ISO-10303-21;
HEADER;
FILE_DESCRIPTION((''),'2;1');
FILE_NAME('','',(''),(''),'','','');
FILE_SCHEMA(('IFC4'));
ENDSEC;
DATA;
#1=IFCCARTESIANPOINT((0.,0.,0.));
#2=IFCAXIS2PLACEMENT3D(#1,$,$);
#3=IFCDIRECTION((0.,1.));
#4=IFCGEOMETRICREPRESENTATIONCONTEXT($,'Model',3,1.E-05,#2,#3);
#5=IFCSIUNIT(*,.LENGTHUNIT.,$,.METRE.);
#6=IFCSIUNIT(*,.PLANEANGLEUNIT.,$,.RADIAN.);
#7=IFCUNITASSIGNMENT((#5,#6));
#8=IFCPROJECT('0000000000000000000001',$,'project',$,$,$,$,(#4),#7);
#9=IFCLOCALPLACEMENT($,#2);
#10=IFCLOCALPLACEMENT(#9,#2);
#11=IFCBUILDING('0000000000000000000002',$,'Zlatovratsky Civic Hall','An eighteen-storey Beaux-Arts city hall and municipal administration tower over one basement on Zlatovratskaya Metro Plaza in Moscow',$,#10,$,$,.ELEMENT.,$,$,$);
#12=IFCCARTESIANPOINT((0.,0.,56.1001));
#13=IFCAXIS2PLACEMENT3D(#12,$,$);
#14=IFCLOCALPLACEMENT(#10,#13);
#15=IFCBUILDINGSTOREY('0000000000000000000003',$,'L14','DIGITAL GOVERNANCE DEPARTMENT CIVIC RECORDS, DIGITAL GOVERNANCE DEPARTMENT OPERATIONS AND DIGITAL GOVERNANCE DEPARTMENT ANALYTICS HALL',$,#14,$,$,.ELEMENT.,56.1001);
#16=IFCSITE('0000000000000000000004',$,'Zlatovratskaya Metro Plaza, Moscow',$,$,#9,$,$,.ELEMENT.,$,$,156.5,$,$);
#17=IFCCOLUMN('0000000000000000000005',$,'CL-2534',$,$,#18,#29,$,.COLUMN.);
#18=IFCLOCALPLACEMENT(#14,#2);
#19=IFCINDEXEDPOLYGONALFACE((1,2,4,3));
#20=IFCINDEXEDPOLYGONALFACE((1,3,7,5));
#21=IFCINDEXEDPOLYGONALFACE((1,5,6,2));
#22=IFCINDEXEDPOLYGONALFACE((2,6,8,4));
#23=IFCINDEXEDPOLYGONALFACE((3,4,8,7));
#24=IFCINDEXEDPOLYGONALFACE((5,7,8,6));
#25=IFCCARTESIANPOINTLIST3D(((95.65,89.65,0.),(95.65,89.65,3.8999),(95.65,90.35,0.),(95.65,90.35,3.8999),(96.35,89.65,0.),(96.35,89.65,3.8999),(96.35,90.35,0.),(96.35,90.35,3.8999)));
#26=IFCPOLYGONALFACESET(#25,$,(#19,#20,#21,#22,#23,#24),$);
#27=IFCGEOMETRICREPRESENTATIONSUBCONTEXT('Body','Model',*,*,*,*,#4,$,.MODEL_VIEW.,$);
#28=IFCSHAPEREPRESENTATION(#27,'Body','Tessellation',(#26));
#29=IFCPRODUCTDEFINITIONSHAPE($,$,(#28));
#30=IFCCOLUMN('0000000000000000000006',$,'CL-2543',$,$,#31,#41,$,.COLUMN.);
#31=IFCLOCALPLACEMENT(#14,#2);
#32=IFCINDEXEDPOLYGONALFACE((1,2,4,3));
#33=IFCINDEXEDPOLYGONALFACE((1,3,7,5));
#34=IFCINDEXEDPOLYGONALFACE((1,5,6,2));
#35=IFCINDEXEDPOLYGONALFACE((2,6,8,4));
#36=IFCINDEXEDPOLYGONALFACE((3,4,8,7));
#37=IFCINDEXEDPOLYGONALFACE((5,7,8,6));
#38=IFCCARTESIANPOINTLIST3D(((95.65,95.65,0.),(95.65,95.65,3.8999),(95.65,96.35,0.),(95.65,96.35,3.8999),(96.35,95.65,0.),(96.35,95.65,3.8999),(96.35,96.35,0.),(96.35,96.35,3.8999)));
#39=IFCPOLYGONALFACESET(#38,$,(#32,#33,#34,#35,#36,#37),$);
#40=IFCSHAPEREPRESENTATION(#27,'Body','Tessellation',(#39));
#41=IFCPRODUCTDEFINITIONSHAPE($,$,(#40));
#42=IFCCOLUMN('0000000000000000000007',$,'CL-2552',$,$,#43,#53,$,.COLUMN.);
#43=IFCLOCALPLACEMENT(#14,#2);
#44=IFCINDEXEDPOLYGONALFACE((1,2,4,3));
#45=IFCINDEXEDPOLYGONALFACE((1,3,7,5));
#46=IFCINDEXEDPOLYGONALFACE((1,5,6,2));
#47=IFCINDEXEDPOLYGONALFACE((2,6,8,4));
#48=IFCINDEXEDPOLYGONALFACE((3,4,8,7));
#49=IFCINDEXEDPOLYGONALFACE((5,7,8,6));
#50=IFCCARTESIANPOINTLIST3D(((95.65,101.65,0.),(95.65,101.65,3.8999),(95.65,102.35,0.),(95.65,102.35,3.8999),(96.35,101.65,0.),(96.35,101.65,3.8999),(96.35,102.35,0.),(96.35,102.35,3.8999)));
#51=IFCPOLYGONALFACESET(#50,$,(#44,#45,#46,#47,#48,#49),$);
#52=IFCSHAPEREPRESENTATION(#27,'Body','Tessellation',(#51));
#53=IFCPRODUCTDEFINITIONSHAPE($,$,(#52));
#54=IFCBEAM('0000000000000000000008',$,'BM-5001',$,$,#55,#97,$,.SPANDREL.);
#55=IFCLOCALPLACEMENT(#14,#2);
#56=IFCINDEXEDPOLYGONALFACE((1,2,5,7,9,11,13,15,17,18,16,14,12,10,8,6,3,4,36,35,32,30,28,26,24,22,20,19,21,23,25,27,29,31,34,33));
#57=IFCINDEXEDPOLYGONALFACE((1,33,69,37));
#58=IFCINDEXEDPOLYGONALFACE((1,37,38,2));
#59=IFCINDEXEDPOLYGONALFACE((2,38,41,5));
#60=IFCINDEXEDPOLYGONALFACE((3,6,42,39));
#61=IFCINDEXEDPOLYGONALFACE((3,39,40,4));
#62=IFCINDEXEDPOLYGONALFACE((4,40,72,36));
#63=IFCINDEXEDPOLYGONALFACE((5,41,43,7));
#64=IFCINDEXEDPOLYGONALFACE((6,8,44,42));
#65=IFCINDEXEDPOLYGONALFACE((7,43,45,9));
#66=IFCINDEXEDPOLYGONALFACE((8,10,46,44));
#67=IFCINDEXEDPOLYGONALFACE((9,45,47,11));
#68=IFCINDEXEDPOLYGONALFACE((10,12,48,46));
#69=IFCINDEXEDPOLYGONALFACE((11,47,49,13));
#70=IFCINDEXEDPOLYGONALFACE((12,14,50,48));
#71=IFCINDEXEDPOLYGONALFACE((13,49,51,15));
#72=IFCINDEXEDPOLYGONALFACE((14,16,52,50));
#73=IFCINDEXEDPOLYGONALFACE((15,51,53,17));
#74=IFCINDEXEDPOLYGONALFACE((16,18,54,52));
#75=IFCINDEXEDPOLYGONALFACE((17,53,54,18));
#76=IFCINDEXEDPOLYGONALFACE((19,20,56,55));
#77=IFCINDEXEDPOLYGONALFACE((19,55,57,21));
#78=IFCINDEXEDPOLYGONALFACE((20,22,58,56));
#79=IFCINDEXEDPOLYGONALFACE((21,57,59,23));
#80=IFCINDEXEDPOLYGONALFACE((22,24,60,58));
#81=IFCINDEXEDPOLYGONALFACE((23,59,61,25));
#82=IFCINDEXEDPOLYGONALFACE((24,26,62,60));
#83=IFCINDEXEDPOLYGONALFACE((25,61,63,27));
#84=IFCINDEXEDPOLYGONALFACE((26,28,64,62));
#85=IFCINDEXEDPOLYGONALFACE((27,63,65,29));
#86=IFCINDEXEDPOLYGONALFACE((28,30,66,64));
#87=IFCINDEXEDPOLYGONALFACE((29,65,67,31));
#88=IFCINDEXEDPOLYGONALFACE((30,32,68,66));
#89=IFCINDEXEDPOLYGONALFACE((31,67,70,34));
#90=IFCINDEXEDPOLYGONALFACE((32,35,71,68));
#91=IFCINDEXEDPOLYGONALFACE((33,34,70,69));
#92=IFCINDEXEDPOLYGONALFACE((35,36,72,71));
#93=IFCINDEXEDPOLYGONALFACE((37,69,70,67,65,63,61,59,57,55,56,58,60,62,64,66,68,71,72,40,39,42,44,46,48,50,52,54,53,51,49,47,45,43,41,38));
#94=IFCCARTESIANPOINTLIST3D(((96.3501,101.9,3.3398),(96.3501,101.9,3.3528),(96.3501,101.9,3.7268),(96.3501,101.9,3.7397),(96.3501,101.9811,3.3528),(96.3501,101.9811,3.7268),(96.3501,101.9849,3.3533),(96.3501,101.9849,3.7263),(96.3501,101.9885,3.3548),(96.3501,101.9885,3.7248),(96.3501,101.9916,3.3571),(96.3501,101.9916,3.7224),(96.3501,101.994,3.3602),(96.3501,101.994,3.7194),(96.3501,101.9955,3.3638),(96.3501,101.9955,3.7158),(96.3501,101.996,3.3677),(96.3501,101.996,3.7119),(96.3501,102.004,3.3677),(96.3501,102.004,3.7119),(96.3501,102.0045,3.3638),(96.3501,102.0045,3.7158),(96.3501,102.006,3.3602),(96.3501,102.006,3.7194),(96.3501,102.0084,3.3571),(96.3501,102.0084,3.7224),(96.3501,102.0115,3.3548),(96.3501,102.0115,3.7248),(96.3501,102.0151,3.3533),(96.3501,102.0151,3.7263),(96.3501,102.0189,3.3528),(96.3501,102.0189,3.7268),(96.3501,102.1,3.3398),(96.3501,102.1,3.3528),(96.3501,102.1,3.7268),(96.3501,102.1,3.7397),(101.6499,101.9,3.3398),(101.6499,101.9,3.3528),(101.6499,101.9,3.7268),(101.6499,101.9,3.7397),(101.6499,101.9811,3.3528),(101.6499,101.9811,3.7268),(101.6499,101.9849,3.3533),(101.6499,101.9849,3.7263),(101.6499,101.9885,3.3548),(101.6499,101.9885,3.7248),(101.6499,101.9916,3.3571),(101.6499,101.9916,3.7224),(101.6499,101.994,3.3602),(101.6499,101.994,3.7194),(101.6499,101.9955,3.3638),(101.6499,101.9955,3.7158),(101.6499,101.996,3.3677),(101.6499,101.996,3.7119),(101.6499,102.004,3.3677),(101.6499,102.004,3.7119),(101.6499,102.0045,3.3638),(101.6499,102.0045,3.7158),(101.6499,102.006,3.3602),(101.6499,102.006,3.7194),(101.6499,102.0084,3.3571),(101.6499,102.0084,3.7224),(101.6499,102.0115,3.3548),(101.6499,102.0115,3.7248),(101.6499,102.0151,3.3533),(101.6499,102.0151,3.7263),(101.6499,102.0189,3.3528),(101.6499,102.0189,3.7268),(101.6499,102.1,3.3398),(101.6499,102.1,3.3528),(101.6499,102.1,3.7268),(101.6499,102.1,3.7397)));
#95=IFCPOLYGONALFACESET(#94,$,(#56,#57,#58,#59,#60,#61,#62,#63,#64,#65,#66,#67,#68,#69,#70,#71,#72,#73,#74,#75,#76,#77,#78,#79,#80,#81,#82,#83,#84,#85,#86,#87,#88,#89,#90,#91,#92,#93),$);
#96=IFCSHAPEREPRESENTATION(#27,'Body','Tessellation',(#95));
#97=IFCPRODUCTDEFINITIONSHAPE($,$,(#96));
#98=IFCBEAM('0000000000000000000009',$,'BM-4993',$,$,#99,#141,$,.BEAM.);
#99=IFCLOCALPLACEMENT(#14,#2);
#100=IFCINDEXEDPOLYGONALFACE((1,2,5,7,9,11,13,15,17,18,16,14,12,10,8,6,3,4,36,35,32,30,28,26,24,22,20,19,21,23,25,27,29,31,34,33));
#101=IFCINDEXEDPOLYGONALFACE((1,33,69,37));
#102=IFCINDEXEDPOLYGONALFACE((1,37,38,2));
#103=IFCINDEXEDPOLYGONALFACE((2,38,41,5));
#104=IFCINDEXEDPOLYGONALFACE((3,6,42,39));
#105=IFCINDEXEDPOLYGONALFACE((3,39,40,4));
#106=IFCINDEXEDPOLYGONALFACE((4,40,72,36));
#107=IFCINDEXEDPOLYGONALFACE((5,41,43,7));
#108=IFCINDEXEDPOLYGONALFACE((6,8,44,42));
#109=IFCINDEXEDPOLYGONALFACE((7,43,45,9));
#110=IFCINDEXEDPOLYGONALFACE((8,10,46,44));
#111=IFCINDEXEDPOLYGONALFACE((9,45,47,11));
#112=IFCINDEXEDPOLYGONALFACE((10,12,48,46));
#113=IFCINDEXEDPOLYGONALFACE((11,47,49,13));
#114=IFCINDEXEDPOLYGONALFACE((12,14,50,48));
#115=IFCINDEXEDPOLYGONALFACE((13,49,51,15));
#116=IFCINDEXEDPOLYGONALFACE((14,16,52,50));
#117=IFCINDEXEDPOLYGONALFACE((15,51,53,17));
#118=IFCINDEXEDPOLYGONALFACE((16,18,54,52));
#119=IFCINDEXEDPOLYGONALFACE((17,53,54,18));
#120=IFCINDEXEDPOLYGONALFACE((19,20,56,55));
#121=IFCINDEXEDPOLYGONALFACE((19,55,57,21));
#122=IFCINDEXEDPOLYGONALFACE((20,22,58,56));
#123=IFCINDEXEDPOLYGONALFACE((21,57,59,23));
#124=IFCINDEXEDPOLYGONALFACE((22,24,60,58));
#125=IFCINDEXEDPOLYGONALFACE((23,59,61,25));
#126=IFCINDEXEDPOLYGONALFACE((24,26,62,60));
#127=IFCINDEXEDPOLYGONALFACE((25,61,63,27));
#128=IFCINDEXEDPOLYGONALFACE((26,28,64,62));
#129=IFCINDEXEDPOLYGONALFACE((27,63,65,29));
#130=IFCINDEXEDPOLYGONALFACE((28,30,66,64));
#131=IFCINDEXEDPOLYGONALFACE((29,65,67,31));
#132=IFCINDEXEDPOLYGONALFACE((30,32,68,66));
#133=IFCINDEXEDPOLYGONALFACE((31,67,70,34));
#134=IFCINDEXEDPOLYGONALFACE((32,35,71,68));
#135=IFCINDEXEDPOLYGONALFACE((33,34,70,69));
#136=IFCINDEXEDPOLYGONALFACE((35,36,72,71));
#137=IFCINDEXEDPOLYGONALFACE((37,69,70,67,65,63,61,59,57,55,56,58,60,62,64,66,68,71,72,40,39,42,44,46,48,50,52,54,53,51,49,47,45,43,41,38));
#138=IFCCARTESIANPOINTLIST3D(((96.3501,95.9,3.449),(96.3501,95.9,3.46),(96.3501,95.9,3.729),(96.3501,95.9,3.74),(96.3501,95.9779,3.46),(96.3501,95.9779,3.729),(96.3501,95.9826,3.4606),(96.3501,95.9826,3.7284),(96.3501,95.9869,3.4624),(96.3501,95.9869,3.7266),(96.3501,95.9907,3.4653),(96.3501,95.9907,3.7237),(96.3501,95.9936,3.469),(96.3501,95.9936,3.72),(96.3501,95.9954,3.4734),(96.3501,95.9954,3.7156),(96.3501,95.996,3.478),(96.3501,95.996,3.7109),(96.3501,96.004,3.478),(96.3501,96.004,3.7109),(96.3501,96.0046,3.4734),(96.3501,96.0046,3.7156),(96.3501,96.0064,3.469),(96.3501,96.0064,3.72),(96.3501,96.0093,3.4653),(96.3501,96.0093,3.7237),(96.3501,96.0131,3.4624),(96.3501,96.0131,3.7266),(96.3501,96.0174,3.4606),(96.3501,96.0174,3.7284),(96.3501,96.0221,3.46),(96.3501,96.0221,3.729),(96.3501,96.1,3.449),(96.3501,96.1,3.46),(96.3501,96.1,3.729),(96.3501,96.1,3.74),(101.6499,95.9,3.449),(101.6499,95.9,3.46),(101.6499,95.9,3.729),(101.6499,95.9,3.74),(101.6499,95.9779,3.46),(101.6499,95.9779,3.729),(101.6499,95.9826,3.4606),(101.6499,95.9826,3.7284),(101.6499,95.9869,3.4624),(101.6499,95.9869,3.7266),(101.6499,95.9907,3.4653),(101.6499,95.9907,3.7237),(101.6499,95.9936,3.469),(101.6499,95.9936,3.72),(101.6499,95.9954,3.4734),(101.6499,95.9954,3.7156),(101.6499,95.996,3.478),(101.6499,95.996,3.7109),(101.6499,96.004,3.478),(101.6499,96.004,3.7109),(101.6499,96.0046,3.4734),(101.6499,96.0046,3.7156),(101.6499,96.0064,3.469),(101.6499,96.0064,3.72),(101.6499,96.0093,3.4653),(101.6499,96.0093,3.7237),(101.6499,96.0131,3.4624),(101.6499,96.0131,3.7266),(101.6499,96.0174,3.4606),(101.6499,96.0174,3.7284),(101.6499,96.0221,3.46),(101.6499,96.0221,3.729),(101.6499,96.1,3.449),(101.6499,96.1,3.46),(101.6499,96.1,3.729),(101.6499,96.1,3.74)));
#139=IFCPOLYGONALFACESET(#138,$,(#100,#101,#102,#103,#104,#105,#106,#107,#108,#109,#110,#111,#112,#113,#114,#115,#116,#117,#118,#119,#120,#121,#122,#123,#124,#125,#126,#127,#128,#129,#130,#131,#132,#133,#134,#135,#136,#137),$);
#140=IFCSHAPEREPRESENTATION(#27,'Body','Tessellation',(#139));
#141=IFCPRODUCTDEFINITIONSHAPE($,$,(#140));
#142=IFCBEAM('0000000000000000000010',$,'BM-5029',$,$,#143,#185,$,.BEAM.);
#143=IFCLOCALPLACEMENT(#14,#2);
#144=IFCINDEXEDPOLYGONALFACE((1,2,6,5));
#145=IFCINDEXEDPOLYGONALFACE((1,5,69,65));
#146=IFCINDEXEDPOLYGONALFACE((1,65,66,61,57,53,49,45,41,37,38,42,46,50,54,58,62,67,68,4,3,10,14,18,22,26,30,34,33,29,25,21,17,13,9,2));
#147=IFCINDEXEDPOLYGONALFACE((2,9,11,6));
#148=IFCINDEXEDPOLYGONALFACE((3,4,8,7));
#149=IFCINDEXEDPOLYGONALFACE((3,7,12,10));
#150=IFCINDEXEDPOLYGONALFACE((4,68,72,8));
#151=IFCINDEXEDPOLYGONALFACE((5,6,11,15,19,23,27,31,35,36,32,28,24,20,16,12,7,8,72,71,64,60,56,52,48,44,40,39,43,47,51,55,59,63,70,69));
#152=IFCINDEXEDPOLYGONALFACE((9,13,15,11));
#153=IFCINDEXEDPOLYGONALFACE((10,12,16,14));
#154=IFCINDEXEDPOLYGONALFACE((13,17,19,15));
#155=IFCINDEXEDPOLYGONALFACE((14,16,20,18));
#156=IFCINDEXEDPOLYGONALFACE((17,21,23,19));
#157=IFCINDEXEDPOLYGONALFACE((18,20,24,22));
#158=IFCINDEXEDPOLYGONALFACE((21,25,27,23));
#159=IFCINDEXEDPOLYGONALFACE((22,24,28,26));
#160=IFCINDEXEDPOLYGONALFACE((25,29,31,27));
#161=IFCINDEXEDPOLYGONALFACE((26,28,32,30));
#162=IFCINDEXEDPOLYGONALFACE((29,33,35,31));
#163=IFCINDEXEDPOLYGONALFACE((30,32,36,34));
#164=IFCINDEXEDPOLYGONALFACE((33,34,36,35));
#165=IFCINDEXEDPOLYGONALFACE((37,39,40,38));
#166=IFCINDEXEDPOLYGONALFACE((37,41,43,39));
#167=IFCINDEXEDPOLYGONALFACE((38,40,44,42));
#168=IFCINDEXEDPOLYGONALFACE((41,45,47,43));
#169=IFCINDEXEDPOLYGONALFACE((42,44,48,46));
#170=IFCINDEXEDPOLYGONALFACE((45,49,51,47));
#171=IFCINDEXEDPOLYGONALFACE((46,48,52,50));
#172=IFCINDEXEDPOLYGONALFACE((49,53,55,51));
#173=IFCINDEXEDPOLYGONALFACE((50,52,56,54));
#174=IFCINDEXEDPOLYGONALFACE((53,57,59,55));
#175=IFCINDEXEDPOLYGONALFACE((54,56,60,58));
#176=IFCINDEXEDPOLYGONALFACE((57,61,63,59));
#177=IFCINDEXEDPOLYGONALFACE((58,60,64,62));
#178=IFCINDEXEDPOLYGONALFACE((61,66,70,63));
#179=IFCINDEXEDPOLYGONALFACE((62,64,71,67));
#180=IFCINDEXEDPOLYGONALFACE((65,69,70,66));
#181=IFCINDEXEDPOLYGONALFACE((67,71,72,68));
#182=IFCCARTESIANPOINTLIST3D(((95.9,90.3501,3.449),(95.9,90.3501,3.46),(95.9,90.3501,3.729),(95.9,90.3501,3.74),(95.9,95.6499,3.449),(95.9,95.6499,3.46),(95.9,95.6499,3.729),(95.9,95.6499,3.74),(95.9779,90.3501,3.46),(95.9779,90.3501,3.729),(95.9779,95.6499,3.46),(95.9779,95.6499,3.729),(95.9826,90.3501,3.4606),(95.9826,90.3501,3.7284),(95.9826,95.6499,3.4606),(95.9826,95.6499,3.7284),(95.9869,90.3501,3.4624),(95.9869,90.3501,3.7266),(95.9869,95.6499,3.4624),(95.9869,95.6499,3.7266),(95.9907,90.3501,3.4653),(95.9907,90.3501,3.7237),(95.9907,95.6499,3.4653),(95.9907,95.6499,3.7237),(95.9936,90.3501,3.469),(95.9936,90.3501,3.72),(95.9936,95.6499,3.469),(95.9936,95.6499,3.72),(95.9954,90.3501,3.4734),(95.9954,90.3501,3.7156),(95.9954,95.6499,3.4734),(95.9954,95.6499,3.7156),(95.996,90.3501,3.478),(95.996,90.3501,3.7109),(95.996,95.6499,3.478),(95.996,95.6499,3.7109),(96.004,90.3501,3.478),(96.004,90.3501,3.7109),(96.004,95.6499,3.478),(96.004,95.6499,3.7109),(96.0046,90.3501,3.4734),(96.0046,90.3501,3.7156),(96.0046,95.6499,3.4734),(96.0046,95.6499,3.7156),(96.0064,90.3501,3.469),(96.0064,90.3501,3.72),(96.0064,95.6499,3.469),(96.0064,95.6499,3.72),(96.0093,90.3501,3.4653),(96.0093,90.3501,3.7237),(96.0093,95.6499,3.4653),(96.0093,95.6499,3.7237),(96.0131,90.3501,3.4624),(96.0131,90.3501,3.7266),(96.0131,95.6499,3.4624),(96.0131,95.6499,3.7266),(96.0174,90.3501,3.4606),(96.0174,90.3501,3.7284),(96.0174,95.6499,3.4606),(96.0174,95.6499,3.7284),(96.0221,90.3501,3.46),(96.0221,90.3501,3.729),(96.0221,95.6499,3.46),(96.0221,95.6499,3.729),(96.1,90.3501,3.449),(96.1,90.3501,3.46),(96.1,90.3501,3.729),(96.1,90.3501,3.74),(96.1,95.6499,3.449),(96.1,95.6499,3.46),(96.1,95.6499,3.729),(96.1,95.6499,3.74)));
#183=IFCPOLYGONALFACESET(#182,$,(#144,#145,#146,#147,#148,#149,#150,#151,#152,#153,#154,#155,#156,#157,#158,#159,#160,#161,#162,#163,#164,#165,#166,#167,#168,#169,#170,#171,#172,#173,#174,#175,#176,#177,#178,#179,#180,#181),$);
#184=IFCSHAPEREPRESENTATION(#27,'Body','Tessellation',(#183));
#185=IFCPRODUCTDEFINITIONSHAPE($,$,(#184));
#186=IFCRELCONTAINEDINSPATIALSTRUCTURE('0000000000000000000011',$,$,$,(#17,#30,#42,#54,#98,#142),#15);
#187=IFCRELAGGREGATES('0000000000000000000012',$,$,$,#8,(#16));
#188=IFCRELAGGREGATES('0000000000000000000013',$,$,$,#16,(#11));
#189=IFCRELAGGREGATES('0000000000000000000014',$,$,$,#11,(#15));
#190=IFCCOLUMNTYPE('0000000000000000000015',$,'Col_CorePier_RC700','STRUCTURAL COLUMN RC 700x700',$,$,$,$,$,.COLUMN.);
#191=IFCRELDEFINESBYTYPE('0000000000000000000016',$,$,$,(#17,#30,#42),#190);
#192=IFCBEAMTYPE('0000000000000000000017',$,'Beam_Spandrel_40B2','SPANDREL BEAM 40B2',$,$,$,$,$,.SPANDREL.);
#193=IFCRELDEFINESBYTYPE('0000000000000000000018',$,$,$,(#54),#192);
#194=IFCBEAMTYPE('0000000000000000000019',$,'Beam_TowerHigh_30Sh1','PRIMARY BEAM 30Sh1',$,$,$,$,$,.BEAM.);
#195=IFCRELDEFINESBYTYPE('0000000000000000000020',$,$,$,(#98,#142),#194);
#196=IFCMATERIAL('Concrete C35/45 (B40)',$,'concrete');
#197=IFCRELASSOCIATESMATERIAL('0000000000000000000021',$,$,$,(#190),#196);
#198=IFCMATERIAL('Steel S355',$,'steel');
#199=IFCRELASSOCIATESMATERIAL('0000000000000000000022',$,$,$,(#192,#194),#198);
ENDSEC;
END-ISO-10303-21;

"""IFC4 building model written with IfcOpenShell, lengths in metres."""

from ifc_helpers import new_model, si_unit, direction, frame, origin, origin_2d, place, context, subcontext, project, spatial, rectangle, i_section, extrude, material, material_profile, profile_set, type_object, element, save


model = new_model("IFC4")

# Units and contexts
model_context = context("Model", 3, precision=1e-05, world=origin(), true_north=direction((0.0, 1.0)))
body_context = subcontext(model_context, "Body", "Model", "MODEL_VIEW")
ifc_project = project(units=[si_unit("LENGTHUNIT", "METRE"), si_unit("PLANEANGLEUNIT", "RADIAN")], contexts=[model_context])

# Site, building, storey
site_placement = place(None, origin())
site = spatial("IfcSite", under=ifc_project, at=site_placement, Name="Zlatovratskaya Metro Plaza, Moscow", CompositionType="ELEMENT", RefElevation=156.5)
building_placement = place(site_placement, origin())
building = spatial("IfcBuilding", under=site, at=building_placement, Name="Zlatovratsky Civic Hall", Description="An eighteen-storey Beaux-Arts city hall and municipal administration tower over one basement on Zlatovratskaya Metro Plaza in Moscow", CompositionType="ELEMENT")
storey_placement = place(building_placement, frame((0.0, 0.0, 56.1001)))
storey = spatial("IfcBuildingStorey", under=building, at=storey_placement, Name="L14", Description="DIGITAL GOVERNANCE DEPARTMENT CIVIC RECORDS, DIGITAL GOVERNANCE DEPARTMENT OPERATIONS AND DIGITAL GOVERNANCE DEPARTMENT ANALYTICS HALL", CompositionType="ELEMENT", Elevation=56.1001)

# Columns
ifc_material_1 = material(Name="Concrete C35/45 (B40)", Category="concrete")
ifc_material_profile_1 = material_profile(ifc_material_1, rectangle(XDim=0.7, YDim=0.7, at=origin_2d()), Name="RC 700x700")
ifc_profile_set_1 = profile_set([ifc_material_profile_1], Name="Concrete C35/45 (B40)")
column_type = type_object("IfcColumnType", Name="Col_CorePier_RC700", Description="STRUCTURAL COLUMN RC 700x700", PredefinedType="COLUMN", material=ifc_profile_set_1)
for number, where, z_axis, x_axis, name in (
    (1, (96.0, 90.0, 0.0), (0.0, 0.0, 1.0), (1.0, 0.0, 0.0), "CL-2534"),
    (2, (96.0, 96.0, 0.0), (0.0, 0.0, 1.0), (1.0, 0.0, 0.0), "CL-2543"),
    (3, (96.0, 102.0, 0.0), (0.0, 0.0, 1.0), (1.0, 0.0, 0.0), "CL-2552"),
):
    element("IfcColumn", number, at=place(storey_placement, frame(where, z_axis=z_axis, x_axis=x_axis)), inside=storey, type_object=column_type, Name=name, PredefinedType="COLUMN", context=body_context, shape_type="SweptSolid", body=[
        extrude(rectangle(XDim=0.7, YDim=0.7, at=origin_2d()), origin(), (0.0, 0.0, 1.0), 3.8999),
    ])

# Beams
ifc_material_2 = material(Name="Steel S355", Category="steel")
ifc_material_profile_2 = material_profile(ifc_material_2, i_section(OverallWidth=0.2, OverallDepth=0.3999, WebThickness=0.0081, FlangeThickness=0.0129, FilletRadius=0.0149, at=origin_2d()), Name="40B2")
ifc_profile_set_2 = profile_set([ifc_material_profile_2], Name="Steel S355")
beam_type_1 = type_object("IfcBeamType", Name="Beam_Spandrel_40B2", Description="SPANDREL BEAM 40B2", PredefinedType="SPANDREL", material=ifc_profile_set_2)
beam_placement = place(storey_placement, frame((96.3501, 102.0, 3.5398), z_axis=(1.0, 0.0, 0.0), x_axis=(0.0, 1.0, 0.0)))
element("IfcBeam", 4, at=beam_placement, inside=storey, type_object=beam_type_1, Name="BM-5001", PredefinedType="SPANDREL", context=body_context, shape_type="SweptSolid", body=[
    extrude(i_section(OverallWidth=0.2, OverallDepth=0.3999, WebThickness=0.0081, FlangeThickness=0.0129, FilletRadius=0.0149, at=origin_2d()), origin(), (0.0, 0.0, 1.0), 5.2998),
])
ifc_material_profile_3 = material_profile(ifc_material_2, i_section(OverallWidth=0.2, OverallDepth=0.291, WebThickness=0.0081, FlangeThickness=0.011, FilletRadius=0.0181, at=origin_2d()), Name="30Sh1")
ifc_profile_set_3 = profile_set([ifc_material_profile_3], Name="Steel S355")
beam_type_2 = type_object("IfcBeamType", Name="Beam_TowerHigh_30Sh1", Description="PRIMARY BEAM 30Sh1", PredefinedType="BEAM", material=ifc_profile_set_3)
for number, where, z_axis, x_axis, name in (
    (5, (96.3501, 96.0, 3.5945), (1.0, 0.0, 0.0), (0.0, 1.0, 0.0), "BM-4993"),
    (6, (96.0, 90.3501, 3.5945), (0.0, 1.0, 0.0), (-1.0, 0.0, 0.0), "BM-5029"),
):
    element("IfcBeam", number, at=place(storey_placement, frame(where, z_axis=z_axis, x_axis=x_axis)), inside=storey, type_object=beam_type_2, Name=name, PredefinedType="BEAM", context=body_context, shape_type="SweptSolid", body=[
        extrude(i_section(OverallWidth=0.2, OverallDepth=0.291, WebThickness=0.0081, FlangeThickness=0.011, FilletRadius=0.0181, at=origin_2d()), origin(), (0.0, 0.0, 1.0), 5.2998),
    ])

save(model, "model.ifc")
